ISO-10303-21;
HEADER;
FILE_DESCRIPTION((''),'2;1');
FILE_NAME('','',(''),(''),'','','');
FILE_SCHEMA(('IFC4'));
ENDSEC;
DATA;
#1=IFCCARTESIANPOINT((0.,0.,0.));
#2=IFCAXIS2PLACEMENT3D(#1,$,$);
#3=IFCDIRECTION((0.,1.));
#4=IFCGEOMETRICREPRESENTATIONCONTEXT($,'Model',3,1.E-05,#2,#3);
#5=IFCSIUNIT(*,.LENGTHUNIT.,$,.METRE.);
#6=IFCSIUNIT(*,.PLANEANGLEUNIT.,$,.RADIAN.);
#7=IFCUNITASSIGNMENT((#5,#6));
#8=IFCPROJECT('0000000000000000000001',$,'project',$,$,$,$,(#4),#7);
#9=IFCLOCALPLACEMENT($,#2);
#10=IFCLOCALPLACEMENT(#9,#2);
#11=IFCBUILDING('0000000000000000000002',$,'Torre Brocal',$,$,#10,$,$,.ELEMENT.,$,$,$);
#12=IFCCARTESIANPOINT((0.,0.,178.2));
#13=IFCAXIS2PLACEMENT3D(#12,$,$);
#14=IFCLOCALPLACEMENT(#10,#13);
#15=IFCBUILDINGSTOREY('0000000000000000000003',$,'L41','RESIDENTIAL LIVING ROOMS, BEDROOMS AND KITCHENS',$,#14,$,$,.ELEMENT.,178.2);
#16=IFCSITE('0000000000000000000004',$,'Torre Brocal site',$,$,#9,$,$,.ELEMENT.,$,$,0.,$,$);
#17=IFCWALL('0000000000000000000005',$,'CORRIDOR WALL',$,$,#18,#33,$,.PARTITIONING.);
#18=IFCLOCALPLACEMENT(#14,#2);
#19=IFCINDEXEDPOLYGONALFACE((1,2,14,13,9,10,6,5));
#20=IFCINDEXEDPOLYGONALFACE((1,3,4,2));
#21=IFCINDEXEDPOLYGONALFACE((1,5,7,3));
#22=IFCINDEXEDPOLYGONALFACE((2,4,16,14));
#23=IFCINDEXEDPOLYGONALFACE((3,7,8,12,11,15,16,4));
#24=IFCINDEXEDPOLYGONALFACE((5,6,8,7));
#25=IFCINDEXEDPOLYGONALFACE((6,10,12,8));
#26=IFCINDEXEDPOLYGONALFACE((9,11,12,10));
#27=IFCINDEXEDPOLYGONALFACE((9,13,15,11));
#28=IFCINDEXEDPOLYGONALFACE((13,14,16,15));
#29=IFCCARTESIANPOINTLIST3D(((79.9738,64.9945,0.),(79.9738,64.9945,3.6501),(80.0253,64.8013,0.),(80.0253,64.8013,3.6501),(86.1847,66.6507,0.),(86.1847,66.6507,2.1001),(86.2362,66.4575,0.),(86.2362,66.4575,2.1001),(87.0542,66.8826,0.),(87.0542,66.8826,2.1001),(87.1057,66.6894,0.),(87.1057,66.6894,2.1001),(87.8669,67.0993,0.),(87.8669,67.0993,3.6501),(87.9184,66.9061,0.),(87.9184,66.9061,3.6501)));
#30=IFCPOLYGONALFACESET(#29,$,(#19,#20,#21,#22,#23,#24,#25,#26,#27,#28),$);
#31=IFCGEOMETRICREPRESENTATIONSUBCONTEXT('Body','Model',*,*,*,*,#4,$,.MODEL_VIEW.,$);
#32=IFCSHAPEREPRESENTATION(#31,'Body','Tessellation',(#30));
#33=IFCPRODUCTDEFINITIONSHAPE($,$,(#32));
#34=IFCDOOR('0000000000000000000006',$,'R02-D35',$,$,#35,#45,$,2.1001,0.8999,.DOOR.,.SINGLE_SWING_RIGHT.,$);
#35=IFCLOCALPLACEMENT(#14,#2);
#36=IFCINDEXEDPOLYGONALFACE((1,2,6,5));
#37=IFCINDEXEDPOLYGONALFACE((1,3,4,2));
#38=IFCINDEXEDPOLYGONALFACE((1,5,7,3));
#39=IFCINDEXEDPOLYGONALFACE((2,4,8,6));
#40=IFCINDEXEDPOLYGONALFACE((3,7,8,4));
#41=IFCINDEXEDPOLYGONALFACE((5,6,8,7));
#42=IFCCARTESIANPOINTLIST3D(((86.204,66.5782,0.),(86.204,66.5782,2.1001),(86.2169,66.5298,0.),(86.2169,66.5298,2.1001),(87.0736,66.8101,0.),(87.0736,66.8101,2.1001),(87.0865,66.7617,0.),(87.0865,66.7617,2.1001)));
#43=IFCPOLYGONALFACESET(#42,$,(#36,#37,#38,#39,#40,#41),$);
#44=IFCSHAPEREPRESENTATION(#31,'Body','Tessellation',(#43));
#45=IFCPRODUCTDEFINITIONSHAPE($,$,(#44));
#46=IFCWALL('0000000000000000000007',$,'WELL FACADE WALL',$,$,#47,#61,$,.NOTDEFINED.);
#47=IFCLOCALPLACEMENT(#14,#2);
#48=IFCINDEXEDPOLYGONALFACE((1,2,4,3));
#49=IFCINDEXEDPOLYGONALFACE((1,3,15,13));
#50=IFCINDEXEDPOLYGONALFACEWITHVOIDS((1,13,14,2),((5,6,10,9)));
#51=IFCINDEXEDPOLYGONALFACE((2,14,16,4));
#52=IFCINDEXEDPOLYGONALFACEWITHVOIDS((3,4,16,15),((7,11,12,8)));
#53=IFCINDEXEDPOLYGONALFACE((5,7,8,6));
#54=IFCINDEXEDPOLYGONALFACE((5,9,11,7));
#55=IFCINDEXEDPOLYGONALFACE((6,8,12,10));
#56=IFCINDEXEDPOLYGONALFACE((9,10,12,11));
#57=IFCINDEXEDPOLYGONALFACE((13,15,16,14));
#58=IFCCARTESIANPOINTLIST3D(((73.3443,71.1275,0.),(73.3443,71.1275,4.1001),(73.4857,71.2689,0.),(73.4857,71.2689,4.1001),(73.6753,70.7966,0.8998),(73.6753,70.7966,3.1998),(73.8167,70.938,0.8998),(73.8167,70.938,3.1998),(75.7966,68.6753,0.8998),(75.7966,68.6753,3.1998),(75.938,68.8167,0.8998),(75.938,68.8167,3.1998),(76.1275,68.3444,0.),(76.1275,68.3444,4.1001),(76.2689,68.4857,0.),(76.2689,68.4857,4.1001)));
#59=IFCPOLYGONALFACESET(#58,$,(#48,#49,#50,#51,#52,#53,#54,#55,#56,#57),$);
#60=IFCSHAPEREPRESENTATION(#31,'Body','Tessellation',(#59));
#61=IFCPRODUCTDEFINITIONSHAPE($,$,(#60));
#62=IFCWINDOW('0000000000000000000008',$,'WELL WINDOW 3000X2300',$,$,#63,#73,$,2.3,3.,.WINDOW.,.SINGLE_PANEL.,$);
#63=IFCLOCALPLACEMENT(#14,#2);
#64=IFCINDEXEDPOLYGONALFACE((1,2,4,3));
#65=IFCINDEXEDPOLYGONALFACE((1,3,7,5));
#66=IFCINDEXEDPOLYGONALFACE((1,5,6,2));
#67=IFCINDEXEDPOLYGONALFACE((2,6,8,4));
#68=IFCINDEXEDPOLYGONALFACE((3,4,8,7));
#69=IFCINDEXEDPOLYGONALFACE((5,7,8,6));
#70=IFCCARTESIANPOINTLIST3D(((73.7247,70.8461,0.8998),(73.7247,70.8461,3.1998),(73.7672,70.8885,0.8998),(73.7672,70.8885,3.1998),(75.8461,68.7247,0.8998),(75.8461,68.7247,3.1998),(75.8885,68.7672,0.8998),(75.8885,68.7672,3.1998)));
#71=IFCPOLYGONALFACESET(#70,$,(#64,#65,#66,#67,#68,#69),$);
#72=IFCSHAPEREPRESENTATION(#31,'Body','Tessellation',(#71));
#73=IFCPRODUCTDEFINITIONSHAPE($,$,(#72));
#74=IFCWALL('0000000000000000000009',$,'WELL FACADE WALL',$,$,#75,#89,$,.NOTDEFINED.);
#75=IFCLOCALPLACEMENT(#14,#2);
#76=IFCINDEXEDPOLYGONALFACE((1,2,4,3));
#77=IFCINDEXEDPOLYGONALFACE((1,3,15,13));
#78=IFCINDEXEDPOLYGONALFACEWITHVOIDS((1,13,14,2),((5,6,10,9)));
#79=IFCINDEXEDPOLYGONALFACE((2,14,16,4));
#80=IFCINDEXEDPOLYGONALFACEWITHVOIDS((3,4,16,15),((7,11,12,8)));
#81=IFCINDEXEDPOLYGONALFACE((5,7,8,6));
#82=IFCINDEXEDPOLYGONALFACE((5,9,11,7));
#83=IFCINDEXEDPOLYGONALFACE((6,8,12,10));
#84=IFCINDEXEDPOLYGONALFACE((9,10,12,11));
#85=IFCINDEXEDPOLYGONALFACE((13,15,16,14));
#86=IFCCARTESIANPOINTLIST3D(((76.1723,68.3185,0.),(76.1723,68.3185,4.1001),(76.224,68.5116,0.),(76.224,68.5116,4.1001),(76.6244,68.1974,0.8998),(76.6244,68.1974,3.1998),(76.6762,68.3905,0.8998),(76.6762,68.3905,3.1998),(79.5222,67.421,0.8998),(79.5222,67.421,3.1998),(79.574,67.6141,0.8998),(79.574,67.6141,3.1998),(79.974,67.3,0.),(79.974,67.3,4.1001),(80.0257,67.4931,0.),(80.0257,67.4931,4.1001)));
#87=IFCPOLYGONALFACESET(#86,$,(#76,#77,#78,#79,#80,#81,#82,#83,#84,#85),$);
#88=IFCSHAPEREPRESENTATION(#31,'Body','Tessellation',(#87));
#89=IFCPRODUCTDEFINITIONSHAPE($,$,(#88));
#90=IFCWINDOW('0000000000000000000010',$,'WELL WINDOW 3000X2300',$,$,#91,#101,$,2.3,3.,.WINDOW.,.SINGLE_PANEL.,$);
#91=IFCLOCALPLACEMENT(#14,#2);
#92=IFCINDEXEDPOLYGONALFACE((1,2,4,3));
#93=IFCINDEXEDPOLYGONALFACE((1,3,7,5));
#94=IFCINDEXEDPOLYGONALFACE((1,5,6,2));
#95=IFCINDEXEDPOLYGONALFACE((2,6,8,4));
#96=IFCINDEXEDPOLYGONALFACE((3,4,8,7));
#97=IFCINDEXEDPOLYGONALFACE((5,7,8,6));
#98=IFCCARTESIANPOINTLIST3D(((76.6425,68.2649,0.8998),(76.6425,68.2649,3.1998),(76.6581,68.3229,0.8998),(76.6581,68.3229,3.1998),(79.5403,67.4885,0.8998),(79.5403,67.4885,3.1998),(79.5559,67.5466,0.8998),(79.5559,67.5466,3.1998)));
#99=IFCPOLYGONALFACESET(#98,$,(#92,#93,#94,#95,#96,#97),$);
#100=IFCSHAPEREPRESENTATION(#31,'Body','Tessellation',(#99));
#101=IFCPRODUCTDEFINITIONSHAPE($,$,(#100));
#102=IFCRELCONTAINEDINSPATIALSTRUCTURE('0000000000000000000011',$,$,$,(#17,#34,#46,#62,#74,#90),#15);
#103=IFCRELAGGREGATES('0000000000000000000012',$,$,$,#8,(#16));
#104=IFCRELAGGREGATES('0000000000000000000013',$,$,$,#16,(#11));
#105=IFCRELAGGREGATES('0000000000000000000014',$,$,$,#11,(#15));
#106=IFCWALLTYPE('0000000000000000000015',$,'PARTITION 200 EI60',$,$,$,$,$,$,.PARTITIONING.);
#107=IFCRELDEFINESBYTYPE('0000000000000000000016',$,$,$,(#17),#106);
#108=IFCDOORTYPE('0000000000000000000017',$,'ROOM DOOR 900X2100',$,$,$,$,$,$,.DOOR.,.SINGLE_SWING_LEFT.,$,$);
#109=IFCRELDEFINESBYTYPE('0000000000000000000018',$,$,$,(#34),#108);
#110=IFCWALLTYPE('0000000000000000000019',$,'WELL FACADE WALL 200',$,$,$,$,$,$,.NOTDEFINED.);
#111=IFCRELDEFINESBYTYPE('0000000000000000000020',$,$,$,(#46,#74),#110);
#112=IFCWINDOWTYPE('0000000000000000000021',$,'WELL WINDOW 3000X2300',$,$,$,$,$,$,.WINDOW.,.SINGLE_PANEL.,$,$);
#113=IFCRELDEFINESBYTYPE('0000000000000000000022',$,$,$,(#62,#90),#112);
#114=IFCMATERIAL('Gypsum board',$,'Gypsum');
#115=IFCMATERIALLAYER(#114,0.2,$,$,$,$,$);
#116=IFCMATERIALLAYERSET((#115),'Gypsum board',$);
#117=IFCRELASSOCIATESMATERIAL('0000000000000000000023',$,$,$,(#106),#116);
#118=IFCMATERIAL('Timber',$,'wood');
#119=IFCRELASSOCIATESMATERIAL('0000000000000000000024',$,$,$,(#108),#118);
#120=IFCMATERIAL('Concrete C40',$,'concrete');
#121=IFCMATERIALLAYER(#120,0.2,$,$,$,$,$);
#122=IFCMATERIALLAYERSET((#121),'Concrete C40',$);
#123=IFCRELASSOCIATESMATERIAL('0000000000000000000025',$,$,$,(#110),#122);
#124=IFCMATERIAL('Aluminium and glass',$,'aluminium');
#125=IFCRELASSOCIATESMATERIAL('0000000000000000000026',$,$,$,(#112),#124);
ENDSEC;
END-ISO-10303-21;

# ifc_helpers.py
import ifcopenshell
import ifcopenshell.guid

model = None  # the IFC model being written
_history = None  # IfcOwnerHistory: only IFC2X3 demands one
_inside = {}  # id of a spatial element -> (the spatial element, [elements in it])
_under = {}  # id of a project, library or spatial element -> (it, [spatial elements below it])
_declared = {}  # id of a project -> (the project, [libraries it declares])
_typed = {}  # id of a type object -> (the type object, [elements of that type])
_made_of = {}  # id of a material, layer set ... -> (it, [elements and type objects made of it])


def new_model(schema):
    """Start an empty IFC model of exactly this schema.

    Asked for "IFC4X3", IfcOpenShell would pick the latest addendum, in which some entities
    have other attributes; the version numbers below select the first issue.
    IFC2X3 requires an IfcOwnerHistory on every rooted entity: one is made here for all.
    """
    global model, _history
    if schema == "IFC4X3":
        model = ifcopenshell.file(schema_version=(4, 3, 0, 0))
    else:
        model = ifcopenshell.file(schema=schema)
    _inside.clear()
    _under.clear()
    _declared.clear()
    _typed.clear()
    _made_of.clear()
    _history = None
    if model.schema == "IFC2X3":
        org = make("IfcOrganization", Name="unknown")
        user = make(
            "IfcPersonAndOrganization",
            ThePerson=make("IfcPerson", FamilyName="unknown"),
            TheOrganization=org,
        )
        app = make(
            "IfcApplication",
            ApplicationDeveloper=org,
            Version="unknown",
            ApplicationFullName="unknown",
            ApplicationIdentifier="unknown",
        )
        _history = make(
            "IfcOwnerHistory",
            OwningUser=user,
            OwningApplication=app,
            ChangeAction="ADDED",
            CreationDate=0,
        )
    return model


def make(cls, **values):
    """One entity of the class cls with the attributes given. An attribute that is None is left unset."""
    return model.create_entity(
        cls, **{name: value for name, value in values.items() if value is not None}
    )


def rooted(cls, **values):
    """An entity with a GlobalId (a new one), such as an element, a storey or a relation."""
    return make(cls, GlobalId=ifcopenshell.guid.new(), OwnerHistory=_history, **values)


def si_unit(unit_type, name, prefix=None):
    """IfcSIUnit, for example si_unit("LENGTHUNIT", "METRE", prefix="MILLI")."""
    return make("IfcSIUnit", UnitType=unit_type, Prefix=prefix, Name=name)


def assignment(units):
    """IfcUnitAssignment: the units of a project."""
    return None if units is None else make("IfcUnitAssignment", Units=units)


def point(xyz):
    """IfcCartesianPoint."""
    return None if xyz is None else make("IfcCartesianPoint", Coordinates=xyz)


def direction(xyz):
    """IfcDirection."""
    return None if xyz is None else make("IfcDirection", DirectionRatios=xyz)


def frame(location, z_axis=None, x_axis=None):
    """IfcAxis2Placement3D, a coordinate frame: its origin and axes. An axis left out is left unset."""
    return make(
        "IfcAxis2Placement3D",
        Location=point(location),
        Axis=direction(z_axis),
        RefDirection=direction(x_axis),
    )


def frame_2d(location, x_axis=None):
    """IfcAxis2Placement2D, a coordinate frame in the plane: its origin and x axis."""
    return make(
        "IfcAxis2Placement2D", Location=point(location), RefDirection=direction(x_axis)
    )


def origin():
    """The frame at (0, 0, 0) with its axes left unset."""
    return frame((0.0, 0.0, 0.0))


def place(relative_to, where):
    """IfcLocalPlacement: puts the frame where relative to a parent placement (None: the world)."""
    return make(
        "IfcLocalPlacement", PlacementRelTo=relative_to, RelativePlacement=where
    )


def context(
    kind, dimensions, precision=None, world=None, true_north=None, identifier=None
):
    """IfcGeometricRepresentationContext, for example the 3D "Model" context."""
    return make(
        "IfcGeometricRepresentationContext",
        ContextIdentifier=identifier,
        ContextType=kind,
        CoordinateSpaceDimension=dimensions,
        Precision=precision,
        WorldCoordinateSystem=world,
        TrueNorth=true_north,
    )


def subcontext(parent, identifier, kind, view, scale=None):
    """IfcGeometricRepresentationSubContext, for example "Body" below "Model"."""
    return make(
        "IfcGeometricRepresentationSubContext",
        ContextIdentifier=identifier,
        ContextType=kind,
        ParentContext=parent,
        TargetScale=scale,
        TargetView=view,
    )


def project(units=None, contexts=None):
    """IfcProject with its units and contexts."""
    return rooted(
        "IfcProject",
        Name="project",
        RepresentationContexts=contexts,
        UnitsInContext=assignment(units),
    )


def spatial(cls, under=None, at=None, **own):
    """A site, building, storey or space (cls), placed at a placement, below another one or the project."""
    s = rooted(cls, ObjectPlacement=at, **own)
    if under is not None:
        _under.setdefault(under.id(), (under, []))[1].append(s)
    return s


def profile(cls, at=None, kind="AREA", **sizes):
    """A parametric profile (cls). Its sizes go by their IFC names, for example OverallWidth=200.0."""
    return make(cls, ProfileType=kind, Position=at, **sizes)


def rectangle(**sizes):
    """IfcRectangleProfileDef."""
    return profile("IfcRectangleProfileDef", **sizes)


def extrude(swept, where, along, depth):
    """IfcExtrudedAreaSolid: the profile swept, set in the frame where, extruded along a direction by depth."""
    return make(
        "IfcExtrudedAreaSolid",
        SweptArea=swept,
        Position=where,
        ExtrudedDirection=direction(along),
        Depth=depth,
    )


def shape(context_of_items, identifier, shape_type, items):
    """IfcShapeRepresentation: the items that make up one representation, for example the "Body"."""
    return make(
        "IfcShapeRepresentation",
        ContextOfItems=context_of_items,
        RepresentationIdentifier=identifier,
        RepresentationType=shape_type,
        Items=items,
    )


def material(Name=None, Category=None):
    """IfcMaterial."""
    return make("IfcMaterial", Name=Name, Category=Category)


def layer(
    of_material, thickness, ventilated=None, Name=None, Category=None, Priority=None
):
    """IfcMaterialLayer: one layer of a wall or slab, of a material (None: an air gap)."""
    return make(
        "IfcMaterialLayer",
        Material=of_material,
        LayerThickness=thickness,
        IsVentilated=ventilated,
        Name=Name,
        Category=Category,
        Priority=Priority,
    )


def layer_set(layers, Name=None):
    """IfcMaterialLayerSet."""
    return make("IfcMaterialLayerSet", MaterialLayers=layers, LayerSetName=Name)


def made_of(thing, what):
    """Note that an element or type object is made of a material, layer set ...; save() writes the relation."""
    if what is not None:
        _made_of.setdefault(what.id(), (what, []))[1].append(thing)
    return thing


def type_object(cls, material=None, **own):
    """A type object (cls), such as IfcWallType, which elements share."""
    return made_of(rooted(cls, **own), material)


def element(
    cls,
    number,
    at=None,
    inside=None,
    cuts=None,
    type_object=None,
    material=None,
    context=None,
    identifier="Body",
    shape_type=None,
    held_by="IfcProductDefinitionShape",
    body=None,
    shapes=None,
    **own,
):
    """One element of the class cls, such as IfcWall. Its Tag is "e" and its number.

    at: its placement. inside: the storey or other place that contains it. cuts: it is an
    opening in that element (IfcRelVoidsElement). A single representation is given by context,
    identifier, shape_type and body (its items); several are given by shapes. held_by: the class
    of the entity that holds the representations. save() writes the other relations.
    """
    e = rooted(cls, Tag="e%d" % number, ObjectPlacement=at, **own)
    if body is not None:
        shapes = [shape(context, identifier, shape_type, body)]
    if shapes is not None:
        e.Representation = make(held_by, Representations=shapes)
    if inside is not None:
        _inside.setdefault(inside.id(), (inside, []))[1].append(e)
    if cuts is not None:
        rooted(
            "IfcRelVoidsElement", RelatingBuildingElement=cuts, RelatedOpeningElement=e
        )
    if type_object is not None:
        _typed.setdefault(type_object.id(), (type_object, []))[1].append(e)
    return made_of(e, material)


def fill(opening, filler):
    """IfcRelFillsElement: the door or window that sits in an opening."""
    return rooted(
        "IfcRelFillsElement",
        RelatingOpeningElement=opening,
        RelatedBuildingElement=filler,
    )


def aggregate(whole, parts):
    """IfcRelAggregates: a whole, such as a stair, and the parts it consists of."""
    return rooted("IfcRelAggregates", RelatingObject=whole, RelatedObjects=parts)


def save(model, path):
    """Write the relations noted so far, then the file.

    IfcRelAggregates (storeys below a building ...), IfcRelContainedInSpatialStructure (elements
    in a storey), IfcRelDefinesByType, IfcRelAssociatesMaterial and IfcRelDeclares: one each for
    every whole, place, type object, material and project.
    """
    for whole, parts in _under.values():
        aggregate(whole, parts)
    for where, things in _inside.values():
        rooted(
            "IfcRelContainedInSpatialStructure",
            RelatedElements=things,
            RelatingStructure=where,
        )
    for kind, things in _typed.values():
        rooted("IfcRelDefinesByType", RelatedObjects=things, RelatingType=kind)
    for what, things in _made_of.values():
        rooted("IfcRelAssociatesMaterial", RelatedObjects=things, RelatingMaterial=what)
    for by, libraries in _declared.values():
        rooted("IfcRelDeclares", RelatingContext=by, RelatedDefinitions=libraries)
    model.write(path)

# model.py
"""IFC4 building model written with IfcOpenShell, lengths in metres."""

from ifc_helpers import new_model, si_unit, direction, frame, frame_2d, origin, place, context, subcontext, project, spatial, rectangle, extrude, material, layer, layer_set, type_object, element, fill, save


model = new_model("IFC4")

# Units and contexts
model_context = context("Model", 3, precision=1e-05, world=origin(), true_north=direction((0.0, 1.0)))
body_context = subcontext(model_context, "Body", "Model", "MODEL_VIEW")
ifc_project = project(units=[si_unit("LENGTHUNIT", "METRE"), si_unit("PLANEANGLEUNIT", "RADIAN")], contexts=[model_context])

# Site, building, storey
site_placement = place(None, origin())
site = spatial("IfcSite", under=ifc_project, at=site_placement, Name="Torre Brocal site", CompositionType="ELEMENT", RefElevation=0.0)
building_placement = place(site_placement, origin())
building = spatial("IfcBuilding", under=site, at=building_placement, Name="Torre Brocal", CompositionType="ELEMENT")
storey_placement = place(building_placement, frame((0.0, 0.0, 178.2)))
storey = spatial("IfcBuildingStorey", under=building, at=storey_placement, Name="L41", Description="RESIDENTIAL LIVING ROOMS, BEDROOMS AND KITCHENS", CompositionType="ELEMENT", Elevation=178.2)

# Shared definitions
ifc_material_1 = material(Name="Gypsum board", Category="Gypsum")
ifc_layer_1 = layer(ifc_material_1, 0.2)
ifc_layer_set_1 = layer_set([ifc_layer_1], Name="Gypsum board")
wall_type_1 = type_object("IfcWallType", Name="PARTITION 200 EI60", PredefinedType="PARTITIONING", material=ifc_layer_set_1)
ifc_material_2 = material(Name="Timber", Category="wood")
door_type_1 = type_object("IfcDoorType", Name="ROOM DOOR 900X2100", OperationType="SINGLE_SWING_LEFT", PredefinedType="DOOR", material=ifc_material_2)

# Wall, opening, door
wall_1_placement = place(storey_placement, frame((79.9995, 64.8979, 0.0), z_axis=(0.0, 0.0, 1.0), x_axis=(0.966237, 0.257653, 0.0)))
wall_1 = element("IfcWall", 1, at=wall_1_placement, inside=storey, type_object=wall_type_1, Name="CORRIDOR WALL", PredefinedType="PARTITIONING", context=body_context, shape_type="SweptSolid", body=[
    extrude(rectangle(XDim=8.1689, YDim=0.2, at=frame_2d((4.0845, 0.0))), origin(), (0.0, 0.0, 1.0), 3.6501),
])
opening_1_placement = place(wall_1_placement, frame((6.428, 0.0, 0.0)))
opening_1 = element("IfcOpeningElement", 2, at=opening_1_placement, cuts=wall_1, PredefinedType="OPENING", context=body_context, shape_type="SweptSolid", body=[
    extrude(rectangle(XDim=0.8999, YDim=2.1001, at=frame_2d((0.45, 1.05))), frame((0.0, 0.1099, 0.0), z_axis=(0.0, -1.0, 0.0), x_axis=(1.0, 0.0, 0.0)), (0.0, 0.0, 1.0), 0.22),
])
door_1_placement = place(opening_1_placement, origin())
door_1 = element("IfcDoor", 3, at=door_1_placement, inside=storey, type_object=door_type_1, Name="R02-D35", OperationType="SINGLE_SWING_RIGHT", OverallHeight=2.1001, OverallWidth=0.8999, PredefinedType="DOOR", context=body_context, shape_type="SweptSolid", body=[
    extrude(rectangle(XDim=0.8999, YDim=2.1001, at=frame_2d((0.45, 1.05))), frame((0.0, 0.0249, 0.0), z_axis=(0.0, -1.0, 0.0), x_axis=(1.0, 0.0, 0.0)), (0.0, 0.0, 1.0), 0.05),
])
fill(opening_1, door_1)

# Walls, openings, windows
ifc_material_3 = material(Name="Concrete C40", Category="concrete")
ifc_layer_2 = layer(ifc_material_3, 0.2)
ifc_layer_set_2 = layer_set([ifc_layer_2], Name="Concrete C40")
wall_type_2 = type_object("IfcWallType", Name="WELL FACADE WALL 200", PredefinedType="NOTDEFINED", material=ifc_layer_set_2)
wall_2_placement = place(storey_placement, frame((73.415, 71.1982, 0.0), z_axis=(0.0, 0.0, 1.0), x_axis=(0.707107, -0.707107, 0.0)))
wall_2 = element("IfcWall", 4, at=wall_2_placement, inside=storey, type_object=wall_type_2, Name="WELL FACADE WALL", PredefinedType="NOTDEFINED", context=body_context, shape_type="SweptSolid", body=[
    extrude(rectangle(XDim=3.936, YDim=0.2, at=frame_2d((1.968, 0.0))), origin(), (0.0, 0.0, 1.0), 4.1001),
])
opening_2_placement = place(wall_2_placement, frame((0.468, 0.0, 0.8999)))
opening_2 = element("IfcOpeningElement", 5, at=opening_2_placement, cuts=wall_2, PredefinedType="OPENING", context=body_context, shape_type="SweptSolid", body=[
    extrude(rectangle(XDim=3.0, YDim=2.3, at=frame_2d((1.5, 1.1499))), frame((0.0, 0.1099, 0.0), z_axis=(0.0, -1.0, 0.0), x_axis=(1.0, 0.0, 0.0)), (0.0, 0.0, 1.0), 0.22),
])
ifc_material_4 = material(Name="Aluminium and glass", Category="aluminium")
window_type = type_object("IfcWindowType", Name="WELL WINDOW 3000X2300", PartitioningType="SINGLE_PANEL", PredefinedType="WINDOW", material=ifc_material_4)
window_1_placement = place(opening_2_placement, origin())
window_1 = element("IfcWindow", 6, at=window_1_placement, inside=storey, type_object=window_type, Name="WELL WINDOW 3000X2300", OverallHeight=2.3, OverallWidth=3.0, PartitioningType="SINGLE_PANEL", PredefinedType="WINDOW", context=body_context, shape_type="SweptSolid", body=[
    extrude(rectangle(XDim=3.0, YDim=2.3, at=frame_2d((1.5, 1.1499))), frame((0.0, 0.03, 0.0), z_axis=(0.0, -1.0, 0.0), x_axis=(1.0, 0.0, 0.0)), (0.0, 0.0, 1.0), 0.0601),
])
fill(opening_2, window_1)
wall_3_placement = place(storey_placement, frame((76.1982, 68.415, 0.0), z_axis=(0.0, 0.0, 1.0), x_axis=(0.965934, -0.25879, 0.0)))
wall_3 = element("IfcWall", 7, at=wall_3_placement, inside=storey, type_object=wall_type_2, Name="WELL FACADE WALL", PredefinedType="NOTDEFINED", context=body_context, shape_type="SweptSolid", body=[
    extrude(rectangle(XDim=3.9358, YDim=0.2, at=frame_2d((1.9678, 0.0))), origin(), (0.0, 0.0, 1.0), 4.1001),
])
opening_3_placement = place(wall_3_placement, frame((0.468, 0.0, 0.8999)))
opening_3 = element("IfcOpeningElement", 8, at=opening_3_placement, cuts=wall_3, PredefinedType="OPENING", context=body_context, shape_type="SweptSolid", body=[
    extrude(rectangle(XDim=3.0, YDim=2.3, at=frame_2d((1.5, 1.1499))), frame((0.0, 0.1099, 0.0), z_axis=(0.0, -1.0, 0.0), x_axis=(1.0, 0.0, 0.0)), (0.0, 0.0, 1.0), 0.22),
])
window_2_placement = place(opening_3_placement, origin())
window_2 = element("IfcWindow", 9, at=window_2_placement, inside=storey, type_object=window_type, Name="WELL WINDOW 3000X2300", OverallHeight=2.3, OverallWidth=3.0, PartitioningType="SINGLE_PANEL", PredefinedType="WINDOW", context=body_context, shape_type="SweptSolid", body=[
    extrude(rectangle(XDim=3.0, YDim=2.3, at=frame_2d((1.5, 1.1499))), frame((0.0, 0.03, 0.0), z_axis=(0.0, -1.0, 0.0), x_axis=(1.0, 0.0, 0.0)), (0.0, 0.0, 1.0), 0.0601),
])
fill(opening_3, window_2)

save(model, "model.ifc")
